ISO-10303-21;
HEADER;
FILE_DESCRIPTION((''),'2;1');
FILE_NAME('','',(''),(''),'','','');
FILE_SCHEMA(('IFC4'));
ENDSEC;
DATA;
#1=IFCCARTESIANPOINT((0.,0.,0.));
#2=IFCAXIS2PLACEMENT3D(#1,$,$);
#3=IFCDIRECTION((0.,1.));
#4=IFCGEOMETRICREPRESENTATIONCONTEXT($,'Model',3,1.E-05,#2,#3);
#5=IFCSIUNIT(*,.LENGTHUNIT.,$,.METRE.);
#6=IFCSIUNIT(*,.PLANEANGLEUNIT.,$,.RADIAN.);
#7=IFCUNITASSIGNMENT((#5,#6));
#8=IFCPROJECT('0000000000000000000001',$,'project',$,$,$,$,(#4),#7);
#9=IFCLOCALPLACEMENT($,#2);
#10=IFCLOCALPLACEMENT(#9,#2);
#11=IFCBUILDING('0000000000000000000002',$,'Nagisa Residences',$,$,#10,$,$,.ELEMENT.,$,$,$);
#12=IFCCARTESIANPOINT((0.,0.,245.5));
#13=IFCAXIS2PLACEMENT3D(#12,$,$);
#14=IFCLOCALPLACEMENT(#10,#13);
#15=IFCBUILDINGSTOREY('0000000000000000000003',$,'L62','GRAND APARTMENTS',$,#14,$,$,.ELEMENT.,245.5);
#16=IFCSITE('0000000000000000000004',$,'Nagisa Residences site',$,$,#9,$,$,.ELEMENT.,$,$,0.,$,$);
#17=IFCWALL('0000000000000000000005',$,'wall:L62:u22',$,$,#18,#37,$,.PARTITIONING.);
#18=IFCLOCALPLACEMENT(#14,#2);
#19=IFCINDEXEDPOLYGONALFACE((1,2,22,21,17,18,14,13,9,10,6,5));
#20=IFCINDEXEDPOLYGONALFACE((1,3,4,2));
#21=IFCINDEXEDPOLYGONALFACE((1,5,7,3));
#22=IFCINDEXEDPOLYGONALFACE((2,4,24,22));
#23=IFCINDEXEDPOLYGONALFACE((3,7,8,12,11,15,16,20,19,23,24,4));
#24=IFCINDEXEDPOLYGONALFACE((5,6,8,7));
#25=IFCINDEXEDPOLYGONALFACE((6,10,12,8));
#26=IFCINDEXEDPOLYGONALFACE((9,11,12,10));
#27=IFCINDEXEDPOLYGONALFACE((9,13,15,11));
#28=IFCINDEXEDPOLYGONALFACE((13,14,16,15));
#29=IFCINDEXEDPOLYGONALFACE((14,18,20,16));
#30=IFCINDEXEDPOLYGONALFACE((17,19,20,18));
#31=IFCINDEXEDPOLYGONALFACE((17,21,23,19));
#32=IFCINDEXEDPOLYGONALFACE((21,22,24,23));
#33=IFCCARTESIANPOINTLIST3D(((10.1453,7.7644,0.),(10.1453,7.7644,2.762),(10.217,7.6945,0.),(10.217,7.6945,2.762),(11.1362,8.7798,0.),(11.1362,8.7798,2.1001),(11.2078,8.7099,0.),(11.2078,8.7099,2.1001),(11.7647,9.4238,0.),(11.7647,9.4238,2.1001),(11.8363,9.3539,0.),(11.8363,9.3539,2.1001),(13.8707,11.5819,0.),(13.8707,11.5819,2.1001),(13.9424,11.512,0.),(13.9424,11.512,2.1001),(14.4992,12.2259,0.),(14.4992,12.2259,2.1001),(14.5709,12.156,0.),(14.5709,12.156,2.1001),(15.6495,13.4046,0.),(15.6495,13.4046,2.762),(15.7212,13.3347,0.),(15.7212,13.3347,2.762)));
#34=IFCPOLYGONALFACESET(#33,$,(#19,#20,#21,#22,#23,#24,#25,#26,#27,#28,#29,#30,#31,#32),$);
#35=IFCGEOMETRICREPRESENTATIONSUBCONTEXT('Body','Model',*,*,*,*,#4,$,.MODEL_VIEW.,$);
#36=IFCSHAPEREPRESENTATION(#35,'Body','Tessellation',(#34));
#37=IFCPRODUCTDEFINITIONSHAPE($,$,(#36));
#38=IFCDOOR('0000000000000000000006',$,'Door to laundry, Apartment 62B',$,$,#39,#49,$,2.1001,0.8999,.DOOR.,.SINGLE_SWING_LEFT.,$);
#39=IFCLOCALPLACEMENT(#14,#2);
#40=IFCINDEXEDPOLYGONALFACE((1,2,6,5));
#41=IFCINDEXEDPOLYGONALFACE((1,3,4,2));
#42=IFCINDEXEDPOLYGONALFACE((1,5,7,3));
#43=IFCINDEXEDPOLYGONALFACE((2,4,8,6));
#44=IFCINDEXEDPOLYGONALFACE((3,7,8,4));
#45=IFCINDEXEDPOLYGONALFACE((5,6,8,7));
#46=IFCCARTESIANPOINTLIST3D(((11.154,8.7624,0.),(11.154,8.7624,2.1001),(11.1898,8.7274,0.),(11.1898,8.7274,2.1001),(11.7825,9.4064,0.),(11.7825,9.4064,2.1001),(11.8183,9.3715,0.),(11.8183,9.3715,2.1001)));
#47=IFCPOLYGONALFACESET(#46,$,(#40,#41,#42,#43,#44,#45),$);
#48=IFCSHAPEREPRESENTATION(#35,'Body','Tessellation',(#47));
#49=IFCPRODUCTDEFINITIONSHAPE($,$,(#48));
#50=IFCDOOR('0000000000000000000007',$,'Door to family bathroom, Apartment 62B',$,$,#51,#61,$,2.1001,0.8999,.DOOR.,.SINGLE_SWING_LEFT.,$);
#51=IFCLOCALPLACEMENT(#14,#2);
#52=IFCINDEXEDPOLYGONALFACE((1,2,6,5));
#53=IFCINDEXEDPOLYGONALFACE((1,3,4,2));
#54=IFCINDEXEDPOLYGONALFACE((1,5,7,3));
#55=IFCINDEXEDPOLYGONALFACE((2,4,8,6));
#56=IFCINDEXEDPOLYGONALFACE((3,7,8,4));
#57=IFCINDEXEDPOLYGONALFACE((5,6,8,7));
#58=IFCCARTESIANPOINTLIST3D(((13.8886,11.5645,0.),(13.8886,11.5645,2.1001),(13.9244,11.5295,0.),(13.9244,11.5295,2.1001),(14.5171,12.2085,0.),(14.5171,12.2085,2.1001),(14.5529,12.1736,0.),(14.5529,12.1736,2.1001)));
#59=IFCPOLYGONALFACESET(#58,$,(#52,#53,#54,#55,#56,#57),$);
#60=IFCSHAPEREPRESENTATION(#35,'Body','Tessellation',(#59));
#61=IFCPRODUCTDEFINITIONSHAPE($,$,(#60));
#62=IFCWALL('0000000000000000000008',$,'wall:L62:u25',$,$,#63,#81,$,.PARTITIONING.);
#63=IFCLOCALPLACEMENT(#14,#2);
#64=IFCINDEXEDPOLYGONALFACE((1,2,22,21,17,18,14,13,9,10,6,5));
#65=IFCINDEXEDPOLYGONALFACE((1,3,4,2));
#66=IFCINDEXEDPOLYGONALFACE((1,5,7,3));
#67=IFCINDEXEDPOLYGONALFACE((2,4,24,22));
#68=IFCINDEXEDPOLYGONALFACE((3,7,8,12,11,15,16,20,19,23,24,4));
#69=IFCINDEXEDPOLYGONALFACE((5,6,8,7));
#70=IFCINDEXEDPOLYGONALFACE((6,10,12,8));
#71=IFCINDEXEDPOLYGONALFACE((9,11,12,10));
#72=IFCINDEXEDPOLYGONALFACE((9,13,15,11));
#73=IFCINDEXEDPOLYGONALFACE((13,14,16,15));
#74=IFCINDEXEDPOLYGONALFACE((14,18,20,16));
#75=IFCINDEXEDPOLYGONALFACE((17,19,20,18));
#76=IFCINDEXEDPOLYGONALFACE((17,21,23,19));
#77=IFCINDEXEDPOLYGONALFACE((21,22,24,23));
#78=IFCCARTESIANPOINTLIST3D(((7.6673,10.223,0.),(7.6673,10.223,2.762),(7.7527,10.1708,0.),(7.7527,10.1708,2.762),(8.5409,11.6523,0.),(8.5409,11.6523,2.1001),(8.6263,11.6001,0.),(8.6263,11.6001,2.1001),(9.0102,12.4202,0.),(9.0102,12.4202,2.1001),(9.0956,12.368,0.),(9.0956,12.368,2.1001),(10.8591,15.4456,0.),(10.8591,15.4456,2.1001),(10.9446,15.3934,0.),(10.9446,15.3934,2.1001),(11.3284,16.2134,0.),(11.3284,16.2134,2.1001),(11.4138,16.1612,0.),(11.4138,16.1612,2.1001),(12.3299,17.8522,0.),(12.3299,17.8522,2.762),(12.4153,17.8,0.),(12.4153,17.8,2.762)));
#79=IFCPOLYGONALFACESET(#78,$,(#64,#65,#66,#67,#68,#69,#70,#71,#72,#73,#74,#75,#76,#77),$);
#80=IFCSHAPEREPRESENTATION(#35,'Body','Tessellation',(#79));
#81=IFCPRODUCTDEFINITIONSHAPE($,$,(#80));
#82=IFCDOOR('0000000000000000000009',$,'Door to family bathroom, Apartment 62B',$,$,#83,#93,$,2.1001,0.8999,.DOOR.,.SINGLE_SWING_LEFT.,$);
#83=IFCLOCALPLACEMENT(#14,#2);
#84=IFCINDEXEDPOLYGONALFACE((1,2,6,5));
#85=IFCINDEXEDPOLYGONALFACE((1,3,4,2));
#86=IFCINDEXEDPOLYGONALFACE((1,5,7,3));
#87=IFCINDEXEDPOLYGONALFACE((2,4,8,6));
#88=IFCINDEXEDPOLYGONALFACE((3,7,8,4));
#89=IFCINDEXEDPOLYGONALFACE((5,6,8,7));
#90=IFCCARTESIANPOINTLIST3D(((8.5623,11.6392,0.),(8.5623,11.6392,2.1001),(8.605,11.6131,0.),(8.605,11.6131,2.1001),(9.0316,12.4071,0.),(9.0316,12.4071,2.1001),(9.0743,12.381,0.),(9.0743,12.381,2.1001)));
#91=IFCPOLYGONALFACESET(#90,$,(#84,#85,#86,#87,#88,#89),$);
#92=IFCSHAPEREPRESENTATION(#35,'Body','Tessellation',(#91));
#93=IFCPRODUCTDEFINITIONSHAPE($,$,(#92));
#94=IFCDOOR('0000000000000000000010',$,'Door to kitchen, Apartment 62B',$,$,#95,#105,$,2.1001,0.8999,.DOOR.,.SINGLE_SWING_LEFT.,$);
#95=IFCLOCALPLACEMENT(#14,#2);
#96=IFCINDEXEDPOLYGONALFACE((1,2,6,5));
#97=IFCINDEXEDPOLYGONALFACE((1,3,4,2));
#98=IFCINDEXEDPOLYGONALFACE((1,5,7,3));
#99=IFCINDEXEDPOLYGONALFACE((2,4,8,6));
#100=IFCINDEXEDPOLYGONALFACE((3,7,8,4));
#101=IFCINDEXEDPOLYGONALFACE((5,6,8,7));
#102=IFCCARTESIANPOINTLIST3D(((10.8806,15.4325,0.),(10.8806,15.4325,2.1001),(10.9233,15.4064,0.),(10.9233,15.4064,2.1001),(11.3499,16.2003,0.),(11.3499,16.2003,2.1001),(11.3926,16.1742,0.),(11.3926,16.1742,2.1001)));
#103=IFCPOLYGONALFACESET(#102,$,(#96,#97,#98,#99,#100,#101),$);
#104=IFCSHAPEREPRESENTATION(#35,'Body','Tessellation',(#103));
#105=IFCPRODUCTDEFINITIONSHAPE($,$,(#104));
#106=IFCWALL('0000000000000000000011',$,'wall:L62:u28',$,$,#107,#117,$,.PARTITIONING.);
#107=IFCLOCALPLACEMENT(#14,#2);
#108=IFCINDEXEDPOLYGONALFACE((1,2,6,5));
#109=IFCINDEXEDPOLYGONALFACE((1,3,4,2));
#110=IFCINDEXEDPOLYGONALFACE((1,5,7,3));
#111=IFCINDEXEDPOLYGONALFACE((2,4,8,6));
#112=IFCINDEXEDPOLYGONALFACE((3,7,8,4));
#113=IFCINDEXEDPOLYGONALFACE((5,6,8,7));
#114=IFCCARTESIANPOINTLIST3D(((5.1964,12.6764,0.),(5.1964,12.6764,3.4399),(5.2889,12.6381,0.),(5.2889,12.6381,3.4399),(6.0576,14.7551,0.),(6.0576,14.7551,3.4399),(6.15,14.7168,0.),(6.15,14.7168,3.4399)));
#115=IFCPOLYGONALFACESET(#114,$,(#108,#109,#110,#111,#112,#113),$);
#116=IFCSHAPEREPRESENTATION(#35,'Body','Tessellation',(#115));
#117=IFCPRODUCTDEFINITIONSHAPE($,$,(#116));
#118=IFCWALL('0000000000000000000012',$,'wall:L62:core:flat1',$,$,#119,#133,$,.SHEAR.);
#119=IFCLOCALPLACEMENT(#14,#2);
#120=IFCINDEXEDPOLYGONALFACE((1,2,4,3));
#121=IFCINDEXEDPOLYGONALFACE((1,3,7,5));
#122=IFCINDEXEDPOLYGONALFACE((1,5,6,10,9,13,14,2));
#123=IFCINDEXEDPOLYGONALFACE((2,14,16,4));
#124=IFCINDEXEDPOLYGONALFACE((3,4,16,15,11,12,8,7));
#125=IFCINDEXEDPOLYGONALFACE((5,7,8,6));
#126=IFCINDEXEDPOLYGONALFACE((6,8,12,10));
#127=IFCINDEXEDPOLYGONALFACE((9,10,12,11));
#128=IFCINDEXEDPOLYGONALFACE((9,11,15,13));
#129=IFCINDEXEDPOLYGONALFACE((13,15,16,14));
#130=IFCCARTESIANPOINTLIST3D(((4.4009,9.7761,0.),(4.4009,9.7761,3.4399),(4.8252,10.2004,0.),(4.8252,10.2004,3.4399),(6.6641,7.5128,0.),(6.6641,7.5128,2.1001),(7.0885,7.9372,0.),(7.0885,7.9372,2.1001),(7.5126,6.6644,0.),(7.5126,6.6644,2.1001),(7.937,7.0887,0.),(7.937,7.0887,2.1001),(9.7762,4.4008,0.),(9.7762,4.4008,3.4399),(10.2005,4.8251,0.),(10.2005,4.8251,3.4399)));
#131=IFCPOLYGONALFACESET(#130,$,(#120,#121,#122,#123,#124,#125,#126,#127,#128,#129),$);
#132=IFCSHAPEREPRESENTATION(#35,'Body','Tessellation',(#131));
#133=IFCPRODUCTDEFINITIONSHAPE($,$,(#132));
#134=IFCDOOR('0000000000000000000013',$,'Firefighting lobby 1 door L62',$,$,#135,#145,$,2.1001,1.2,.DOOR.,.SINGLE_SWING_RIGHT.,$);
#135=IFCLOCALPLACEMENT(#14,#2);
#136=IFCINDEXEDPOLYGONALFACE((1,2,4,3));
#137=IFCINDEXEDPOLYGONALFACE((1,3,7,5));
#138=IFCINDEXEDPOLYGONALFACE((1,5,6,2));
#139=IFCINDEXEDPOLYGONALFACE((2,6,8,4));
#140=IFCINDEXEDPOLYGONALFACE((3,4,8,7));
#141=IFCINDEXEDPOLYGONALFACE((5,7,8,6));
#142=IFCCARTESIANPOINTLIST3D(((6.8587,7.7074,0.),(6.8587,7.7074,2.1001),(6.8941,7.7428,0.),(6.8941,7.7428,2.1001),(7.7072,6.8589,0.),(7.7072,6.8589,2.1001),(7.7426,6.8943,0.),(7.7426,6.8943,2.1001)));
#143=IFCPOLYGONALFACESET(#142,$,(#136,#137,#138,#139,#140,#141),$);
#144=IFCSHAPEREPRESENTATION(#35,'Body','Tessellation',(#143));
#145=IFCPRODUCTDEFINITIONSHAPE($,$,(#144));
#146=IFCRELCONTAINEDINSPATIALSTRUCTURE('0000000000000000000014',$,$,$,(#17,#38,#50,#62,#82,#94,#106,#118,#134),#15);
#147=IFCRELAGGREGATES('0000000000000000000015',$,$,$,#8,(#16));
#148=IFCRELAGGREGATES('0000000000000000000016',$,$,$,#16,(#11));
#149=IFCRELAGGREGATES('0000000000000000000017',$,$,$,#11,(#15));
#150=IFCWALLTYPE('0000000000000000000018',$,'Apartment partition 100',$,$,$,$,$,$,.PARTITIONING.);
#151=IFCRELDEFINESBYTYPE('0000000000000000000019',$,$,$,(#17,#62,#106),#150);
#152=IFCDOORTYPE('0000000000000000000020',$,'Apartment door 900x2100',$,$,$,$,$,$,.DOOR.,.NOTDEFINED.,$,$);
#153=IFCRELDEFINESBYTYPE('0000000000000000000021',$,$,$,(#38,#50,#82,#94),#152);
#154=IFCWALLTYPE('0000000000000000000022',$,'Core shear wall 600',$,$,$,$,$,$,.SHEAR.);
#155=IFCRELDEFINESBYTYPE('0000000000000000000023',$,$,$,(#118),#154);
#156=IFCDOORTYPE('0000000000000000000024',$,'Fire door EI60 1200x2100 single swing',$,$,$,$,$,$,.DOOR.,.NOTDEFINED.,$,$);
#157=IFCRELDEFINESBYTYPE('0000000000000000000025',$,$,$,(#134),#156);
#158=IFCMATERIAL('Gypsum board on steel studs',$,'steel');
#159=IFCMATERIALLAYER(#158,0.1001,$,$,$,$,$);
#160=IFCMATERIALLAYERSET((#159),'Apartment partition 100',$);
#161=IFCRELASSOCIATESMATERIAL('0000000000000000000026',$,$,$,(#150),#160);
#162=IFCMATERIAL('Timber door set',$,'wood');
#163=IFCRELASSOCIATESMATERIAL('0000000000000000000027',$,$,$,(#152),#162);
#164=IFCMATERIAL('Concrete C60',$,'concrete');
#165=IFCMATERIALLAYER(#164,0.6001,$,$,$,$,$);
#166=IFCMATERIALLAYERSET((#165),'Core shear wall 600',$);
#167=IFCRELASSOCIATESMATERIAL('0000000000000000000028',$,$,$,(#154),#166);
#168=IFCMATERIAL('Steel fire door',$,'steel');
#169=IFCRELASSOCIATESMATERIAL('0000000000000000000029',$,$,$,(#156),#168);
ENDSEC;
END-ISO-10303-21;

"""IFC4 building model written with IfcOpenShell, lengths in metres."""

from ifc_helpers import new_model, si_unit, direction, frame, frame_2d, origin, place, context, subcontext, project, spatial, rectangle, extrude, material, layer, layer_set, type_object, element, fill, save


model = new_model("IFC4")

# Units and contexts
model_context = context("Model", 3, precision=1e-05, world=origin(), true_north=direction((0.0, 1.0)))
body_context = subcontext(model_context, "Body", "Model", "MODEL_VIEW")
ifc_project = project(units=[si_unit("LENGTHUNIT", "METRE"), si_unit("PLANEANGLEUNIT", "RADIAN")], contexts=[model_context])

# Site, building, storey
site_placement = place(None, origin())
site = spatial("IfcSite", under=ifc_project, at=site_placement, Name="Nagisa Residences site", CompositionType="ELEMENT", RefElevation=0.0)
building_placement = place(site_placement, origin())
building = spatial("IfcBuilding", under=site, at=building_placement, Name="Nagisa Residences", CompositionType="ELEMENT")
storey_placement = place(building_placement, frame((0.0, 0.0, 245.5)))
storey = spatial("IfcBuildingStorey", under=building, at=storey_placement, Name="L62", Description="GRAND APARTMENTS", CompositionType="ELEMENT", Elevation=245.5)

# Walls, openings, doors
ifc_material_1 = material(Name="Gypsum board on steel studs", Category="steel")
ifc_layer_1 = layer(ifc_material_1, 0.1001)
ifc_layer_set_1 = layer_set([ifc_layer_1], Name="Apartment partition 100")
wall_type_1 = type_object("IfcWallType", Name="Apartment partition 100", PredefinedType="PARTITIONING", material=ifc_layer_set_1)
ifc_material_2 = material(Name="Timber door set", Category="wood")
door_type_1 = type_object("IfcDoorType", Name="Apartment door 900x2100", OperationType="NOTDEFINED", PredefinedType="DOOR", material=ifc_material_2)
wall_1_placement = place(storey_placement, frame((10.1812, 7.7295, 0.0), z_axis=(0.0, 0.0, 1.0), x_axis=(0.698426, 0.715682, 0.0)))
wall_1 = element("IfcWall", 1, at=wall_1_placement, inside=storey, type_object=wall_type_1, Name="wall:L62:u22", PredefinedType="PARTITIONING", context=body_context, shape_type="SweptSolid", body=[
    extrude(rectangle(XDim=7.8809, YDim=0.1001, at=frame_2d((3.9404, 0.0))), origin(), (0.0, 0.0, 1.0), 2.762),
])
opening_1_placement = place(wall_1_placement, frame((1.4187, 0.0, 0.0)))
opening_1 = element("IfcOpeningElement", 2, at=opening_1_placement, cuts=wall_1, PredefinedType="OPENING", context=body_context, shape_type="SweptSolid", body=[
    extrude(rectangle(XDim=0.8999, YDim=2.1001, at=frame_2d((0.45, 1.05))), frame((0.0, 0.0601, 0.0), z_axis=(0.0, -1.0, 0.0), x_axis=(1.0, 0.0, 0.0)), (0.0, 0.0, 1.0), 0.1201),
])
opening_2_placement = place(wall_1_placement, frame((5.334, 0.0, 0.0)))
opening_2 = element("IfcOpeningElement", 3, at=opening_2_placement, cuts=wall_1, PredefinedType="OPENING", context=body_context, shape_type="SweptSolid", body=[
    extrude(rectangle(XDim=0.8999, YDim=2.1001, at=frame_2d((0.45, 1.05))), frame((0.0, 0.0601, 0.0), z_axis=(0.0, -1.0, 0.0), x_axis=(1.0, 0.0, 0.0)), (0.0, 0.0, 1.0), 0.1201),
])
door_1_placement = place(opening_1_placement, frame((0.8999, 0.0, 0.0), x_axis=(-1.0, 0.0, 0.0)))
door_1 = element("IfcDoor", 4, at=door_1_placement, inside=storey, type_object=door_type_1, Name="Door to laundry, Apartment 62B", OperationType="SINGLE_SWING_LEFT", OverallHeight=2.1001, OverallWidth=0.8999, PredefinedType="DOOR", context=body_context, shape_type="SweptSolid", body=[
    extrude(rectangle(XDim=0.8999, YDim=2.1001, at=frame_2d((0.45, 1.05))), frame((0.0, 0.0249, 0.0), z_axis=(0.0, -1.0, 0.0), x_axis=(1.0, 0.0, 0.0)), (0.0, 0.0, 1.0), 0.05),
])
fill(opening_1, door_1)
door_2_placement = place(opening_2_placement, frame((0.8999, 0.0, 0.0), x_axis=(-1.0, 0.0, 0.0)))
door_2 = element("IfcDoor", 5, at=door_2_placement, inside=storey, type_object=door_type_1, Name="Door to family bathroom, Apartment 62B", OperationType="SINGLE_SWING_LEFT", OverallHeight=2.1001, OverallWidth=0.8999, PredefinedType="DOOR", context=body_context, shape_type="SweptSolid", body=[
    extrude(rectangle(XDim=0.8999, YDim=2.1001, at=frame_2d((0.45, 1.05))), frame((0.0, 0.0249, 0.0), z_axis=(0.0, -1.0, 0.0), x_axis=(1.0, 0.0, 0.0)), (0.0, 0.0, 1.0), 0.05),
])
fill(opening_2, door_2)
wall_2_placement = place(storey_placement, frame((7.71, 10.1968, 0.0), z_axis=(0.0, 0.0, 1.0), x_axis=(0.521478, 0.853265, 0.0)))
wall_2 = element("IfcWall", 6, at=wall_2_placement, inside=storey, type_object=wall_type_1, Name="wall:L62:u25", PredefinedType="PARTITIONING", context=body_context, shape_type="SweptSolid", body=[
    extrude(rectangle(XDim=8.9412, YDim=0.1001, at=frame_2d((4.4707, 0.0))), origin(), (0.0, 0.0, 1.0), 2.762),
])
opening_3_placement = place(wall_2_placement, frame((1.6753, 0.0, 0.0)))
opening_3 = element("IfcOpeningElement", 7, at=opening_3_placement, cuts=wall_2, PredefinedType="OPENING", context=body_context, shape_type="SweptSolid", body=[
    extrude(rectangle(XDim=0.8999, YDim=2.1001, at=frame_2d((0.45, 1.05))), frame((0.0, 0.0601, 0.0), z_axis=(0.0, -1.0, 0.0), x_axis=(1.0, 0.0, 0.0)), (0.0, 0.0, 1.0), 0.1201),
])
opening_4_placement = place(wall_2_placement, frame((6.1208, 0.0, 0.0)))
opening_4 = element("IfcOpeningElement", 8, at=opening_4_placement, cuts=wall_2, PredefinedType="OPENING", context=body_context, shape_type="SweptSolid", body=[
    extrude(rectangle(XDim=0.8999, YDim=2.1001, at=frame_2d((0.45, 1.05))), frame((0.0, 0.0601, 0.0), z_axis=(0.0, -1.0, 0.0), x_axis=(1.0, 0.0, 0.0)), (0.0, 0.0, 1.0), 0.1201),
])
door_3_placement = place(opening_3_placement, origin())
door_3 = element("IfcDoor", 9, at=door_3_placement, inside=storey, type_object=door_type_1, Name="Door to family bathroom, Apartment 62B", OperationType="SINGLE_SWING_LEFT", OverallHeight=2.1001, OverallWidth=0.8999, PredefinedType="DOOR", context=body_context, shape_type="SweptSolid", body=[
    extrude(rectangle(XDim=0.8999, YDim=2.1001, at=frame_2d((0.45, 1.05))), frame((0.0, 0.0249, 0.0), z_axis=(0.0, -1.0, 0.0), x_axis=(1.0, 0.0, 0.0)), (0.0, 0.0, 1.0), 0.05),
])
fill(opening_3, door_3)
door_4_placement = place(opening_4_placement, origin())
door_4 = element("IfcDoor", 10, at=door_4_placement, inside=storey, type_object=door_type_1, Name="Door to kitchen, Apartment 62B", OperationType="SINGLE_SWING_LEFT", OverallHeight=2.1001, OverallWidth=0.8999, PredefinedType="DOOR", context=body_context, shape_type="SweptSolid", body=[
    extrude(rectangle(XDim=0.8999, YDim=2.1001, at=frame_2d((0.45, 1.05))), frame((0.0, 0.0249, 0.0), z_axis=(0.0, -1.0, 0.0), x_axis=(1.0, 0.0, 0.0)), (0.0, 0.0, 1.0), 0.05),
])
fill(opening_4, door_4)

# Wall
wall_3_placement = place(storey_placement, frame((5.2427, 12.6572, 0.0), z_axis=(0.0, 0.0, 1.0), x_axis=(0.382719, 0.923865, 0.0)))
element("IfcWall", 11, at=wall_3_placement, inside=storey, type_object=wall_type_1, Name="wall:L62:u28", PredefinedType="PARTITIONING", context=body_context, shape_type="SweptSolid", body=[
    extrude(rectangle(XDim=2.25, YDim=0.1001, at=frame_2d((1.125, 0.0))), origin(), (0.0, 0.0, 1.0), 3.4399),
])

# Wall, opening, door
ifc_material_3 = material(Name="Concrete C60", Category="concrete")
ifc_layer_2 = layer(ifc_material_3, 0.6001)
ifc_layer_set_2 = layer_set([ifc_layer_2], Name="Core shear wall 600")
wall_type_2 = type_object("IfcWallType", Name="Core shear wall 600", PredefinedType="SHEAR", material=ifc_layer_set_2)
wall_4_placement = place(storey_placement, frame((9.9883, 4.613, 0.0), z_axis=(0.0, 0.0, 1.0), x_axis=(-0.707107, 0.707107, 0.0)))
wall_4 = element("IfcWall", 12, at=wall_4_placement, inside=storey, type_object=wall_type_2, Name="wall:L62:core:flat1", PredefinedType="SHEAR", context=body_context, shape_type="SweptSolid", body=[
    extrude(rectangle(XDim=7.6018, YDim=0.6001, at=frame_2d((3.8008, 0.0))), origin(), (0.0, 0.0, 1.0), 3.4399),
])
opening_5_placement = place(wall_4_placement, frame((3.2009, 0.0, 0.0)))
opening_5 = element("IfcOpeningElement", 13, at=opening_5_placement, cuts=wall_4, PredefinedType="OPENING", context=body_context, shape_type="SweptSolid", body=[
    extrude(rectangle(XDim=1.2, YDim=2.1001, at=frame_2d((0.6001, 1.05))), frame((0.0, 0.3101, 0.0), z_axis=(0.0, -1.0, 0.0), x_axis=(1.0, 0.0, 0.0)), (0.0, 0.0, 1.0), 0.6201),
])
ifc_material_4 = material(Name="Steel fire door", Category="steel")
door_type_2 = type_object("IfcDoorType", Name="Fire door EI60 1200x2100 single swing", OperationType="NOTDEFINED", PredefinedType="DOOR", material=ifc_material_4)
door_5_placement = place(opening_5_placement, origin())
door_5 = element("IfcDoor", 14, at=door_5_placement, inside=storey, type_object=door_type_2, Name="Firefighting lobby 1 door L62", OperationType="SINGLE_SWING_RIGHT", OverallHeight=2.1001, OverallWidth=1.2, PredefinedType="DOOR", context=body_context, shape_type="SweptSolid", body=[
    extrude(rectangle(XDim=1.2, YDim=2.1001, at=frame_2d((0.6001, 1.05))), frame((0.0, 0.0249, 0.0), z_axis=(0.0, -1.0, 0.0), x_axis=(1.0, 0.0, 0.0)), (0.0, 0.0, 1.0), 0.05),
])
fill(opening_5, door_5)

save(model, "model.ifc")
